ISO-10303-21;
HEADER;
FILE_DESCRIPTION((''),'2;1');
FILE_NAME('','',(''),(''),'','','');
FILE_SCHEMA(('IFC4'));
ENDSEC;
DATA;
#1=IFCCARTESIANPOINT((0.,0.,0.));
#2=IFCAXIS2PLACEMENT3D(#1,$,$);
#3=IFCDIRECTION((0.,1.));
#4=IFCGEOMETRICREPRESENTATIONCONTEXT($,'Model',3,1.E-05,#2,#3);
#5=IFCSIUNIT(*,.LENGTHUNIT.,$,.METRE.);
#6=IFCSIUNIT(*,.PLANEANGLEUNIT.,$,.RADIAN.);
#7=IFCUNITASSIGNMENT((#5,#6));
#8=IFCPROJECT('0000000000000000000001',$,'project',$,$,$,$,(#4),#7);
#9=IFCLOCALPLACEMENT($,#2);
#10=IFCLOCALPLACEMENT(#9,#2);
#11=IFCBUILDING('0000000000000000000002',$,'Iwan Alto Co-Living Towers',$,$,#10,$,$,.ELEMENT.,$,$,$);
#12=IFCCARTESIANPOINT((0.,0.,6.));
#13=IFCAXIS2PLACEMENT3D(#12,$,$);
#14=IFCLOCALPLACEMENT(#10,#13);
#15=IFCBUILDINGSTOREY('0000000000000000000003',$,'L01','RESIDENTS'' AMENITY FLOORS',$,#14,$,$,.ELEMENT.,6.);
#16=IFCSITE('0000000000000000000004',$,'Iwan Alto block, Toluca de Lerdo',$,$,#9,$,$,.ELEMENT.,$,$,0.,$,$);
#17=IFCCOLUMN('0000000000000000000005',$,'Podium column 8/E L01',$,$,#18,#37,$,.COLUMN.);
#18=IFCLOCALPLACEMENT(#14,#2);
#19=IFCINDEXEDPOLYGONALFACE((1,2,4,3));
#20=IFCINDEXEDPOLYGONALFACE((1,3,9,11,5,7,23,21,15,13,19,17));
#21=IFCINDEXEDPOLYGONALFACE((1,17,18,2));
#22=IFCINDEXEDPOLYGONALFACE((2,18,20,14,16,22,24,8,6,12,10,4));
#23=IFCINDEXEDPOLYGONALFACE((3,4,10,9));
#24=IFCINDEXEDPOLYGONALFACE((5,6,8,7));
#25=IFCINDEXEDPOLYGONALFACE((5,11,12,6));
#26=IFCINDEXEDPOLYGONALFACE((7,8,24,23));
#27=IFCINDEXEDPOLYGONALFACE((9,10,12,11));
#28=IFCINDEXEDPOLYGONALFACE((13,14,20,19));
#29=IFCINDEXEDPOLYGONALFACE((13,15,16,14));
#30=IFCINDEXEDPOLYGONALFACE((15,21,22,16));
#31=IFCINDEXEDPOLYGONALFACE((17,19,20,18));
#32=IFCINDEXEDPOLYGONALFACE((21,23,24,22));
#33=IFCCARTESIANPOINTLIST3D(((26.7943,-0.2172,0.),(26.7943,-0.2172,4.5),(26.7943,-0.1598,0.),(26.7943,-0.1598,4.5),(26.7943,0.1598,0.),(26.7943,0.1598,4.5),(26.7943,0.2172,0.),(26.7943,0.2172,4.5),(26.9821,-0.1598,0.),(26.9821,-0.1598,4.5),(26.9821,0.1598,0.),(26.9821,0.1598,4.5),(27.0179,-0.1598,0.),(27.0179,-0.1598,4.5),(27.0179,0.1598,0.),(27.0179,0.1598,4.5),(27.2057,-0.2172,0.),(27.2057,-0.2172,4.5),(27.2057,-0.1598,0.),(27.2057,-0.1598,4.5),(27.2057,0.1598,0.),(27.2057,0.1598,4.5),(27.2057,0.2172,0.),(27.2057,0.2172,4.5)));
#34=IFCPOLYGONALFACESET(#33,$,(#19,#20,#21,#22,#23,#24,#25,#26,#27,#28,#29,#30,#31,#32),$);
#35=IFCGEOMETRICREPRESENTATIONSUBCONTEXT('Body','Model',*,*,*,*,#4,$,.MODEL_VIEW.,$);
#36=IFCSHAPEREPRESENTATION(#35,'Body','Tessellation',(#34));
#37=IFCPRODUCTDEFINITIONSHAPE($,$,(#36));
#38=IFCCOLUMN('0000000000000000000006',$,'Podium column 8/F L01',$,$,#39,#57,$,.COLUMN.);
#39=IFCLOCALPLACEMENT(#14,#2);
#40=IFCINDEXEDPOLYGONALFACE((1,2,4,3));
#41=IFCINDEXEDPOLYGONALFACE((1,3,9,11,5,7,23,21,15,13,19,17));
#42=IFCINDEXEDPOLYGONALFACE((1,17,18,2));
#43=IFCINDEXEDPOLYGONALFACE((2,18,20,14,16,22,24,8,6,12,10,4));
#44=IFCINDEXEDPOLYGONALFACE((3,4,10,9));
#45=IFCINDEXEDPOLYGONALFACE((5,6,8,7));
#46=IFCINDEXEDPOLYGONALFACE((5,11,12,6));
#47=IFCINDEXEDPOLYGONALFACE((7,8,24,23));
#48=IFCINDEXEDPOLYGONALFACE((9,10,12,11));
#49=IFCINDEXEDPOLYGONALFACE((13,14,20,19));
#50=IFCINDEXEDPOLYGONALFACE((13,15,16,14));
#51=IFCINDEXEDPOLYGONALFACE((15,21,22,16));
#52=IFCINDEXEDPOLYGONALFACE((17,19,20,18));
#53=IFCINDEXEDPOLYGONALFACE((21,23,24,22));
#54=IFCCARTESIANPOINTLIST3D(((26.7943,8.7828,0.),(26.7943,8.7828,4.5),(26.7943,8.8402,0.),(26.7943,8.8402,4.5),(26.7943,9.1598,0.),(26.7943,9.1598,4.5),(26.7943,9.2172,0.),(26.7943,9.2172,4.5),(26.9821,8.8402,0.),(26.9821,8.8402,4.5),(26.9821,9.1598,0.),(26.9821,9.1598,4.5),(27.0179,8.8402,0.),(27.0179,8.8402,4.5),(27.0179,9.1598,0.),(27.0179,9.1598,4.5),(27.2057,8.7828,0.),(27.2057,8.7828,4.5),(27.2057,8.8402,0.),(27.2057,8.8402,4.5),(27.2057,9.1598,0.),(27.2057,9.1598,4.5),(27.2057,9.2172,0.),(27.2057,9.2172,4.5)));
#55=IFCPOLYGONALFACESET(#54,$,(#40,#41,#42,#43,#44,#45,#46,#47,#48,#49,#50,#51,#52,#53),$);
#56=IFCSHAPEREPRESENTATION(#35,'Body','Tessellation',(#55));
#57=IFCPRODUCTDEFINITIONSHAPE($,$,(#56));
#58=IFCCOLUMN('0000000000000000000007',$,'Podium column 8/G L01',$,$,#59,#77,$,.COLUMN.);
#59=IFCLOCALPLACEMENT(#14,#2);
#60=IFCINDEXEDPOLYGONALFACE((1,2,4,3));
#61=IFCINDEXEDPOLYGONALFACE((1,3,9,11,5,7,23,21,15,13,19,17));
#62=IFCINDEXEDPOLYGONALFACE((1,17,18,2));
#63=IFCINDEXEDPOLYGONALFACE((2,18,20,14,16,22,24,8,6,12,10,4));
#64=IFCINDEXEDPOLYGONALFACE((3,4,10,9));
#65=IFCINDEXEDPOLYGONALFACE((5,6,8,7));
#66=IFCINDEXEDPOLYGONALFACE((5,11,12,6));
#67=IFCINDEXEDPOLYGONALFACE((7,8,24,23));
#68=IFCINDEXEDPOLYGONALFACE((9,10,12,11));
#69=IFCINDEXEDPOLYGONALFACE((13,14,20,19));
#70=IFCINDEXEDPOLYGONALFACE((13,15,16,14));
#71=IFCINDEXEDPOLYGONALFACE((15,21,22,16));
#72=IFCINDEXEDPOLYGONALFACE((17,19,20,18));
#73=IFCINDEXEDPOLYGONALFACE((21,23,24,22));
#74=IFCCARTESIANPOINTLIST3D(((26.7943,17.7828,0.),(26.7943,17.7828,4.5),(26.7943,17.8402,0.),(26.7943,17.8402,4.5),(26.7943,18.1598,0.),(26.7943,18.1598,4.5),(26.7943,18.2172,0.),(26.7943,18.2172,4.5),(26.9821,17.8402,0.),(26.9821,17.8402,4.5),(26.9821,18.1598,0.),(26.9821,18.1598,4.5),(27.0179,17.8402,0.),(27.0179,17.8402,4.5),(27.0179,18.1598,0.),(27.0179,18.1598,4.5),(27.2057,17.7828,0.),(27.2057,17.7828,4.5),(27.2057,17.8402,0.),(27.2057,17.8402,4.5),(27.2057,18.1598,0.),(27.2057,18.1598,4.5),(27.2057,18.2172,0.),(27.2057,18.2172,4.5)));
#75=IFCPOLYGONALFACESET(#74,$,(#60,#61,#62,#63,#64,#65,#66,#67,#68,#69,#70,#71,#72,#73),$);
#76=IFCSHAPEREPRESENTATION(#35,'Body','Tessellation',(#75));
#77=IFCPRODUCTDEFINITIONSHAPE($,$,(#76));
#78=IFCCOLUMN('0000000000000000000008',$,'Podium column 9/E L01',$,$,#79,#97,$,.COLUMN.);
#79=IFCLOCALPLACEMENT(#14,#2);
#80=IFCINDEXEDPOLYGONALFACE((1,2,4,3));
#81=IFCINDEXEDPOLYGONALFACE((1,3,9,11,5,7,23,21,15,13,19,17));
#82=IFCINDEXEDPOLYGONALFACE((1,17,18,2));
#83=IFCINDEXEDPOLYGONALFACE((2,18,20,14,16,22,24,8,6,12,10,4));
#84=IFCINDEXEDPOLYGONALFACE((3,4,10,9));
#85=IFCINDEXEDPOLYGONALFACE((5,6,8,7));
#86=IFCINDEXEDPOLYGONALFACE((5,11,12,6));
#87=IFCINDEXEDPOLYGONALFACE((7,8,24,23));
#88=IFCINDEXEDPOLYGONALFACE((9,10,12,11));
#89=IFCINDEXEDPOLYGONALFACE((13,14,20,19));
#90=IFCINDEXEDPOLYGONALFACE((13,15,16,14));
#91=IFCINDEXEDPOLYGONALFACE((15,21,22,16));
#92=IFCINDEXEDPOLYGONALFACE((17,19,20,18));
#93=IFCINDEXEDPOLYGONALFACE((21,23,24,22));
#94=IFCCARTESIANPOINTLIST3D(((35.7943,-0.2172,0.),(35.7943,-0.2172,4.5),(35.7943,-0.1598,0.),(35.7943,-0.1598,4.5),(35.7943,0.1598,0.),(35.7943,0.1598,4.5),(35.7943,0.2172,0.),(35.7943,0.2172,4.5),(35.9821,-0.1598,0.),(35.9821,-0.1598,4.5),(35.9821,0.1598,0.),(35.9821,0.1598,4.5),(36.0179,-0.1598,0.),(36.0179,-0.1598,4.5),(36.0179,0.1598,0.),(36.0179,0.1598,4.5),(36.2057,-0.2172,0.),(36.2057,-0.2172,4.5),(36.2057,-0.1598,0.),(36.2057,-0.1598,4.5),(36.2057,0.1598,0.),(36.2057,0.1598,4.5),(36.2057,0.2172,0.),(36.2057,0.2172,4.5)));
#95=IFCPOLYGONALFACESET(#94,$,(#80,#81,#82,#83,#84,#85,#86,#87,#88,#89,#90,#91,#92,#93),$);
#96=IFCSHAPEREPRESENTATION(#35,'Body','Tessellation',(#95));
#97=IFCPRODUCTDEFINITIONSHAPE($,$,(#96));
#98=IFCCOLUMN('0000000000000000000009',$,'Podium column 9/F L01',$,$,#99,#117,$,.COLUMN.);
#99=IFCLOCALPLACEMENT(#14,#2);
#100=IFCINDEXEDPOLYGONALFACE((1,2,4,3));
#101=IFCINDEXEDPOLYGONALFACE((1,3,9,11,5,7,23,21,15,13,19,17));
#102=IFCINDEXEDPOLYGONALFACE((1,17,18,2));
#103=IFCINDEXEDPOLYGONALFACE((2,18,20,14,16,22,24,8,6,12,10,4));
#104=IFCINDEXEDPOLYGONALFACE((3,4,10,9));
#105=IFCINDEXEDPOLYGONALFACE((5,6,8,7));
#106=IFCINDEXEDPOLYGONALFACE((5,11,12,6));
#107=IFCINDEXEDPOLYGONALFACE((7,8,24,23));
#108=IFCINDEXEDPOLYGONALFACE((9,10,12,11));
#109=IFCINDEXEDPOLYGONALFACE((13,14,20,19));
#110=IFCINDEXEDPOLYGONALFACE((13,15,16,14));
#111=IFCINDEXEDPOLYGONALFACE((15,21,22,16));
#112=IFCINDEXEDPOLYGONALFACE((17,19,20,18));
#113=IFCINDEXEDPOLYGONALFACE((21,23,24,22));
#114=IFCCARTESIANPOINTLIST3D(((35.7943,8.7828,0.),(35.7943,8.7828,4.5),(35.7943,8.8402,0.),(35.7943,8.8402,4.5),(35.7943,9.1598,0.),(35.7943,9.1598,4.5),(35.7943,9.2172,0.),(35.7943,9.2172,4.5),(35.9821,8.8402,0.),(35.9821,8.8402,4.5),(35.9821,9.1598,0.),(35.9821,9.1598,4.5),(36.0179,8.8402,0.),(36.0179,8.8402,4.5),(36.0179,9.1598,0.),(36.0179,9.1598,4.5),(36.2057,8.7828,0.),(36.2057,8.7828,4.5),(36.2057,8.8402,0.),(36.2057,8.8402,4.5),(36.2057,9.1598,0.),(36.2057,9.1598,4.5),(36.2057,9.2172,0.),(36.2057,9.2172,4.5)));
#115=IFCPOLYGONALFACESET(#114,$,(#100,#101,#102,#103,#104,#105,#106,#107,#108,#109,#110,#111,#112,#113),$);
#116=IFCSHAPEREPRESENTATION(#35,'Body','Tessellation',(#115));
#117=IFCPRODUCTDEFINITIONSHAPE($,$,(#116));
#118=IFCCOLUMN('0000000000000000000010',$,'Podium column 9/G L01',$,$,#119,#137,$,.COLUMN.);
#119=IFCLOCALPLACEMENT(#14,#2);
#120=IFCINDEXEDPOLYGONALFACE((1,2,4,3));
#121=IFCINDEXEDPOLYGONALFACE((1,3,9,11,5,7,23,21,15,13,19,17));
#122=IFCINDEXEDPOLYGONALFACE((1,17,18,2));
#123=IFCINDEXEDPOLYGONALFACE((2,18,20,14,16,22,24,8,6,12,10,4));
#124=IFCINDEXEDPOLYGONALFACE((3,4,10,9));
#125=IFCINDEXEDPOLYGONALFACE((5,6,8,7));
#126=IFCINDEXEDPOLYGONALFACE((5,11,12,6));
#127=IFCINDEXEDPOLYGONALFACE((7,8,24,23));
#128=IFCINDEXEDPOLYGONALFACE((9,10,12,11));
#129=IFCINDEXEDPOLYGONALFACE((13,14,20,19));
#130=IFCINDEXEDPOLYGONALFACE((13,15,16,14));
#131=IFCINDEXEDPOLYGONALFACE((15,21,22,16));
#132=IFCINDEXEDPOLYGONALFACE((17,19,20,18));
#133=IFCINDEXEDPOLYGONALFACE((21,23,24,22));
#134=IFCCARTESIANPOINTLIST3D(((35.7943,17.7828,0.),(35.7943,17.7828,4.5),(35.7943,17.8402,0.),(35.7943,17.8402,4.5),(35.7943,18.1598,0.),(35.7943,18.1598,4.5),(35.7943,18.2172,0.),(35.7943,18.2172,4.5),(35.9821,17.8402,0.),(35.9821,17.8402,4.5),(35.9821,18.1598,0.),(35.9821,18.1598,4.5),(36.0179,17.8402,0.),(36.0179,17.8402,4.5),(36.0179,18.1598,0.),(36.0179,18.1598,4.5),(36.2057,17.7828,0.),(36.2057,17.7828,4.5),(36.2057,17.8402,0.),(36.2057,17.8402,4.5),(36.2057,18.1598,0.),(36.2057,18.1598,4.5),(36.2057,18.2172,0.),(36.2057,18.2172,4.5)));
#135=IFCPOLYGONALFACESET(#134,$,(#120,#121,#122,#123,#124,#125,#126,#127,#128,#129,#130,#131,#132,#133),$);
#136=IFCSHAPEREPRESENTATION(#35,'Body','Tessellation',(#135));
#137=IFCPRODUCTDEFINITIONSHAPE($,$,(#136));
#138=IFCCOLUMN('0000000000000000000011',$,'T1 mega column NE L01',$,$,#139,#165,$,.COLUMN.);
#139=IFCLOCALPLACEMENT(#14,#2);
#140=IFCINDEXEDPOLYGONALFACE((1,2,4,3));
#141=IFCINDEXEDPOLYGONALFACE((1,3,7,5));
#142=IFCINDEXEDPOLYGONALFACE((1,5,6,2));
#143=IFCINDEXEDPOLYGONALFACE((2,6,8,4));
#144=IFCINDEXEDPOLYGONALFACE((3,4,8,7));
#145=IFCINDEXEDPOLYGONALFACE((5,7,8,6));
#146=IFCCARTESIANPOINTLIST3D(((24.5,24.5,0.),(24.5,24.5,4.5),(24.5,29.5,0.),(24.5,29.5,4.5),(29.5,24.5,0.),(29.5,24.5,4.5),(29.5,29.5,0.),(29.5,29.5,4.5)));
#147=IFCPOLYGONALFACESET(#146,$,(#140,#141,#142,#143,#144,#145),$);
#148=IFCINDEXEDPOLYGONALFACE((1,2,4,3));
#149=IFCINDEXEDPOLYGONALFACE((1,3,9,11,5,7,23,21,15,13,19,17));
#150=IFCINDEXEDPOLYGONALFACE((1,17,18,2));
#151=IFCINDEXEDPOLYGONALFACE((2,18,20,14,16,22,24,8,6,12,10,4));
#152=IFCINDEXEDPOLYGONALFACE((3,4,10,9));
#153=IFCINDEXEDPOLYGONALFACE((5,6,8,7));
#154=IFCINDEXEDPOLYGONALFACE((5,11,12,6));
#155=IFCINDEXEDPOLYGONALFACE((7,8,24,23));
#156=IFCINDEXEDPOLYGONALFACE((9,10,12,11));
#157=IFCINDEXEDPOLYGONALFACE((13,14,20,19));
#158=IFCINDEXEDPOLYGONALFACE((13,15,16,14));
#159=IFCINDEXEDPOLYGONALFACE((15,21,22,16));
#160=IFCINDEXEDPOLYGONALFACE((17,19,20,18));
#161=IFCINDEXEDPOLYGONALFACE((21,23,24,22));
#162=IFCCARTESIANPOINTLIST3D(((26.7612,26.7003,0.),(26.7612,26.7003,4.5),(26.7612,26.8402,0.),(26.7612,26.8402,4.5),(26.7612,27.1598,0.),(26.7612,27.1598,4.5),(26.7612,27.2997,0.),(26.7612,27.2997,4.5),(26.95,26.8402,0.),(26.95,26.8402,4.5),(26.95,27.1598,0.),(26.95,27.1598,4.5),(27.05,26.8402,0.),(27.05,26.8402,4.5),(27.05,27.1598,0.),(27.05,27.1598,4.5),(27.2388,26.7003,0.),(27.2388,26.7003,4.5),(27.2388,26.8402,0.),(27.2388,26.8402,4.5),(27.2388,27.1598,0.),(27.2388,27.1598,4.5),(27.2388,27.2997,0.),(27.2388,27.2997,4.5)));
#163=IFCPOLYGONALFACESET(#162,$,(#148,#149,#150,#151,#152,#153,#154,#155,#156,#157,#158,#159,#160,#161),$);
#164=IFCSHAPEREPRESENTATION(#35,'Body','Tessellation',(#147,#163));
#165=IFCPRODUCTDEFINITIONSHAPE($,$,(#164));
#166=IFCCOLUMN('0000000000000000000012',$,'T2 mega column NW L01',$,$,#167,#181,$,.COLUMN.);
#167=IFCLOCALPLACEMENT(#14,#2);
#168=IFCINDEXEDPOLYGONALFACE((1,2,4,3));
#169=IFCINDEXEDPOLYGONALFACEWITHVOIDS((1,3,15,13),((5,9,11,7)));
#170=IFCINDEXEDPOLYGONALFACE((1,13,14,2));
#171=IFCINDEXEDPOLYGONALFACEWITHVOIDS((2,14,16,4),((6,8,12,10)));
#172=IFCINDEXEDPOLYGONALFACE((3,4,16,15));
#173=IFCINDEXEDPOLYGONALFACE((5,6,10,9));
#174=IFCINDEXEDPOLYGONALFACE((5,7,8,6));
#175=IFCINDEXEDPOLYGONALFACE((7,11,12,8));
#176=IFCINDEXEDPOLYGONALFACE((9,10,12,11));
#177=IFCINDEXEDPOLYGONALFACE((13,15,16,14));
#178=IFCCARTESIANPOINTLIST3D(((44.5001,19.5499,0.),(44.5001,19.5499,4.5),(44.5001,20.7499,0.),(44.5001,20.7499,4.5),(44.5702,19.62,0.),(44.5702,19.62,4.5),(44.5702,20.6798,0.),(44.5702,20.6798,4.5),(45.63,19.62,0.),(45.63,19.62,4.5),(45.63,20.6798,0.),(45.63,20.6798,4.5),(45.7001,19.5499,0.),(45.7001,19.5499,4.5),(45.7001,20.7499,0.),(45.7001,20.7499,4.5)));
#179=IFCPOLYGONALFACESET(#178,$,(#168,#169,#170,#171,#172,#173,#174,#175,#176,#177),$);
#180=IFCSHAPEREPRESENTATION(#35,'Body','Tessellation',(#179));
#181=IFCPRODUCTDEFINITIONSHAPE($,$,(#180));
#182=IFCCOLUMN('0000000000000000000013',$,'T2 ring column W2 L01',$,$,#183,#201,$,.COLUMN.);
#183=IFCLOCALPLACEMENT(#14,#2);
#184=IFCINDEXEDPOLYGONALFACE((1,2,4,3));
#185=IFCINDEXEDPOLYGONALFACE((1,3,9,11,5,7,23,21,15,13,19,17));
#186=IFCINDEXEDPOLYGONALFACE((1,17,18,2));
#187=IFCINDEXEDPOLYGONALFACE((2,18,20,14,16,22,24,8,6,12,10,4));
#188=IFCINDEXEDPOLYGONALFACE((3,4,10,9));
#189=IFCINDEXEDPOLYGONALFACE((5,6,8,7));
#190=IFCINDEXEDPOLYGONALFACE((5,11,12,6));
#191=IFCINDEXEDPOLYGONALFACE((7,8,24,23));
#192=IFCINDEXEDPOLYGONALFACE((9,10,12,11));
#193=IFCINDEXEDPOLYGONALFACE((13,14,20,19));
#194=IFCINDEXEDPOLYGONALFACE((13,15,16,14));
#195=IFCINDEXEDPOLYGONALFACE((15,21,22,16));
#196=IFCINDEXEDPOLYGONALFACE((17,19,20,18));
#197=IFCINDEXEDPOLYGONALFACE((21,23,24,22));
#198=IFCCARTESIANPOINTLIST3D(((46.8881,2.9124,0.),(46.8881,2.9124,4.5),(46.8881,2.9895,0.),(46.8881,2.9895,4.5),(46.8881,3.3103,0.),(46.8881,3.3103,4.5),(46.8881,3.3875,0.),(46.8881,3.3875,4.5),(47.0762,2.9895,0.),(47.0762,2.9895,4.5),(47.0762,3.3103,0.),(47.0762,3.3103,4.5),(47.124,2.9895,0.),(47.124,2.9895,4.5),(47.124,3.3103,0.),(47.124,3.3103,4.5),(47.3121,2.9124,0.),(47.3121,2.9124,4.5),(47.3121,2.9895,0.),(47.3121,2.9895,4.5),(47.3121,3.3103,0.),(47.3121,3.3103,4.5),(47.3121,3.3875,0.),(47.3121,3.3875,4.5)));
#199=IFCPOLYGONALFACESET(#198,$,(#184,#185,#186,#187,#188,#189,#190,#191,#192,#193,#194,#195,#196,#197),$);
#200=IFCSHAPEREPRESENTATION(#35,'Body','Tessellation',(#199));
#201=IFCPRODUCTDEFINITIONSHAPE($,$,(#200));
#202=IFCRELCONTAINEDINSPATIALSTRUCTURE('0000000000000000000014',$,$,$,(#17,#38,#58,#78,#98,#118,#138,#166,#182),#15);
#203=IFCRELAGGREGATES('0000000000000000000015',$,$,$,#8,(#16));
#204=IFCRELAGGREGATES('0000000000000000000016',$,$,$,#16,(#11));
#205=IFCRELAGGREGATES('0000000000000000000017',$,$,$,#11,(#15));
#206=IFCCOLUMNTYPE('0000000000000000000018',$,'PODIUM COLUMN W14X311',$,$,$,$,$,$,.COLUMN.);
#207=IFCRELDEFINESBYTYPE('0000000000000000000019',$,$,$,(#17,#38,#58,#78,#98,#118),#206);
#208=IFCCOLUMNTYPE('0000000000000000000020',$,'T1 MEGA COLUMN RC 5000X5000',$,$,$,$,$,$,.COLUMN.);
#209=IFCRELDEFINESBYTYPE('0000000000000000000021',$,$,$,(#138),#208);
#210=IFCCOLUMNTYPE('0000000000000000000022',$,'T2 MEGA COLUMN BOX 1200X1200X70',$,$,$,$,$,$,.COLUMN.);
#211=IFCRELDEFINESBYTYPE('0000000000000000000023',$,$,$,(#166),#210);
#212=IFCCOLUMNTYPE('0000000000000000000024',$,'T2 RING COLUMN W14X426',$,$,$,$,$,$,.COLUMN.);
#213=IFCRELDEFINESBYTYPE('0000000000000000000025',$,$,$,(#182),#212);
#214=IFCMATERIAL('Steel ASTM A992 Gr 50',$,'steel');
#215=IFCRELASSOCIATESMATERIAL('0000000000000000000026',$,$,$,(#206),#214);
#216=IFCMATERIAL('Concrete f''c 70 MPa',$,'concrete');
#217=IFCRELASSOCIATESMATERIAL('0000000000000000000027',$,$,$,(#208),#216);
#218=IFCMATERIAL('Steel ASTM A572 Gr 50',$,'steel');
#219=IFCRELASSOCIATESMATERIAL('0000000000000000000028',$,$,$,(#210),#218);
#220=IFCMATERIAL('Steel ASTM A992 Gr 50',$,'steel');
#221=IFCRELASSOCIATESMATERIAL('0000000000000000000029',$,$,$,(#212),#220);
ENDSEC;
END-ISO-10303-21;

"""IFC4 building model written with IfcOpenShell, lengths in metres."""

from ifc_helpers import new_model, si_unit, direction, frame, origin, origin_2d, place, context, subcontext, project, spatial, rectangle, hollow_rectangle, i_section, extrude, material, material_profile, profile_set, type_object, element, save


model = new_model("IFC4")

# Units and contexts
model_context = context("Model", 3, precision=1e-05, world=origin(), true_north=direction((0.0, 1.0)))
body_context = subcontext(model_context, "Body", "Model", "MODEL_VIEW")
ifc_project = project(units=[si_unit("LENGTHUNIT", "METRE"), si_unit("PLANEANGLEUNIT", "RADIAN")], contexts=[model_context])

# Site, building, storey
site_placement = place(None, origin())
site = spatial("IfcSite", under=ifc_project, at=site_placement, Name="Iwan Alto block, Toluca de Lerdo", CompositionType="ELEMENT", RefElevation=0.0)
building_placement = place(site_placement, origin())
building = spatial("IfcBuilding", under=site, at=building_placement, Name="Iwan Alto Co-Living Towers", CompositionType="ELEMENT")
storey_placement = place(building_placement, frame((0.0, 0.0, 6.0)))
storey = spatial("IfcBuildingStorey", under=building, at=storey_placement, Name="L01", Description="RESIDENTS' AMENITY FLOORS", CompositionType="ELEMENT", Elevation=6.0)

# Columns
ifc_material_1 = material(Name="Steel ASTM A992 Gr 50", Category="steel")
ifc_material_profile_1 = material_profile(ifc_material_1, i_section(OverallWidth=0.4114, OverallDepth=0.4343, WebThickness=0.0359, FlangeThickness=0.0574, at=origin_2d()), Name="W14X311")
ifc_profile_set_1 = profile_set([ifc_material_profile_1], Name="Steel ASTM A992 Gr 50")
column_type_1 = type_object("IfcColumnType", Name="PODIUM COLUMN W14X311", PredefinedType="COLUMN", material=ifc_profile_set_1)
for number, where, z_axis, x_axis, name in (
    (1, (27.0, 0.0, 0.0), (0.0, 0.0, 1.0), (1.0, 0.0, 0.0), "Podium column 8/E L01"),
    (2, (27.0, 9.0, 0.0), (0.0, 0.0, 1.0), (1.0, 0.0, 0.0), "Podium column 8/F L01"),
    (3, (27.0, 18.0, 0.0), (0.0, 0.0, 1.0), (1.0, 0.0, 0.0), "Podium column 8/G L01"),
    (4, (36.0, 0.0, 0.0), (0.0, 0.0, 1.0), (1.0, 0.0, 0.0), "Podium column 9/E L01"),
    (5, (36.0, 9.0, 0.0), (0.0, 0.0, 1.0), (1.0, 0.0, 0.0), "Podium column 9/F L01"),
    (6, (36.0, 18.0, 0.0), (0.0, 0.0, 1.0), (1.0, 0.0, 0.0), "Podium column 9/G L01"),
):
    element("IfcColumn", number, at=place(storey_placement, frame(where, z_axis=z_axis, x_axis=x_axis)), inside=storey, type_object=column_type_1, Name=name, PredefinedType="COLUMN", context=body_context, shape_type="SweptSolid", body=[
        extrude(i_section(OverallWidth=0.4114, OverallDepth=0.4343, WebThickness=0.0359, FlangeThickness=0.0574, at=origin_2d()), origin(), (0.0, 0.0, 1.0), 4.5),
    ])
ifc_material_2 = material(Name="Concrete f'c 70 MPa", Category="concrete")
ifc_material_profile_2 = material_profile(ifc_material_2, rectangle(XDim=5.0, YDim=5.0, at=origin_2d()), Name="RC 5000X5000")
ifc_profile_set_2 = profile_set([ifc_material_profile_2], Name="Concrete f'c 70 MPa")
column_type_2 = type_object("IfcColumnType", Name="T1 MEGA COLUMN RC 5000X5000", PredefinedType="COLUMN", material=ifc_profile_set_2)
column_1_placement = place(storey_placement, frame((27.0, 27.0, 0.0), z_axis=(0.0, 0.0, 1.0), x_axis=(1.0, 0.0, 0.0)))
element("IfcColumn", 7, at=column_1_placement, inside=storey, type_object=column_type_2, Name="T1 mega column NE L01", PredefinedType="COLUMN", context=body_context, shape_type="SweptSolid", body=[
    extrude(rectangle(XDim=5.0, YDim=5.0, at=origin_2d()), origin(), (0.0, 0.0, 1.0), 4.5),
    extrude(i_section(OverallWidth=0.4775, OverallDepth=0.5994, WebThickness=0.1001, FlangeThickness=0.1399, at=origin_2d()), origin(), (0.0, 0.0, 1.0), 4.5),
])
ifc_material_3 = material(Name="Steel ASTM A572 Gr 50", Category="steel")
ifc_material_profile_3 = material_profile(ifc_material_3, hollow_rectangle(XDim=1.2, YDim=1.2, WallThickness=0.0701, at=origin_2d()), Name="BOX 1200X1200X70")
ifc_profile_set_3 = profile_set([ifc_material_profile_3], Name="Steel ASTM A572 Gr 50")
column_type_3 = type_object("IfcColumnType", Name="T2 MEGA COLUMN BOX 1200X1200X70", PredefinedType="COLUMN", material=ifc_profile_set_3)
column_2_placement = place(storey_placement, frame((45.1001, 20.1499, 0.0), z_axis=(0.0, 0.0, 1.0), x_axis=(1.0, 0.0, 0.0)))
element("IfcColumn", 8, at=column_2_placement, inside=storey, type_object=column_type_3, Name="T2 mega column NW L01", PredefinedType="COLUMN", context=body_context, shape_type="SweptSolid", body=[
    extrude(hollow_rectangle(XDim=1.2, YDim=1.2, WallThickness=0.0701, at=origin_2d()), origin(), (0.0, 0.0, 1.0), 4.5),
])
ifc_material_4 = material(Name="Steel ASTM A992 Gr 50", Category="steel")
ifc_material_profile_4 = material_profile(ifc_material_4, i_section(OverallWidth=0.4241, OverallDepth=0.4751, WebThickness=0.0479, FlangeThickness=0.0771, at=origin_2d()), Name="W14X426")
ifc_profile_set_4 = profile_set([ifc_material_profile_4], Name="Steel ASTM A992 Gr 50")
column_type_4 = type_object("IfcColumnType", Name="T2 RING COLUMN W14X426", PredefinedType="COLUMN", material=ifc_profile_set_4)
column_3_placement = place(storey_placement, frame((47.1001, 3.1499, 0.0), z_axis=(0.0, 0.0, 1.0), x_axis=(1.0, 0.0, 0.0)))
element("IfcColumn", 9, at=column_3_placement, inside=storey, type_object=column_type_4, Name="T2 ring column W2 L01", PredefinedType="COLUMN", context=body_context, shape_type="SweptSolid", body=[
    extrude(i_section(OverallWidth=0.4241, OverallDepth=0.4751, WebThickness=0.0479, FlangeThickness=0.0771, at=origin_2d()), origin(), (0.0, 0.0, 1.0), 4.5),
])

save(model, "model.ifc")
